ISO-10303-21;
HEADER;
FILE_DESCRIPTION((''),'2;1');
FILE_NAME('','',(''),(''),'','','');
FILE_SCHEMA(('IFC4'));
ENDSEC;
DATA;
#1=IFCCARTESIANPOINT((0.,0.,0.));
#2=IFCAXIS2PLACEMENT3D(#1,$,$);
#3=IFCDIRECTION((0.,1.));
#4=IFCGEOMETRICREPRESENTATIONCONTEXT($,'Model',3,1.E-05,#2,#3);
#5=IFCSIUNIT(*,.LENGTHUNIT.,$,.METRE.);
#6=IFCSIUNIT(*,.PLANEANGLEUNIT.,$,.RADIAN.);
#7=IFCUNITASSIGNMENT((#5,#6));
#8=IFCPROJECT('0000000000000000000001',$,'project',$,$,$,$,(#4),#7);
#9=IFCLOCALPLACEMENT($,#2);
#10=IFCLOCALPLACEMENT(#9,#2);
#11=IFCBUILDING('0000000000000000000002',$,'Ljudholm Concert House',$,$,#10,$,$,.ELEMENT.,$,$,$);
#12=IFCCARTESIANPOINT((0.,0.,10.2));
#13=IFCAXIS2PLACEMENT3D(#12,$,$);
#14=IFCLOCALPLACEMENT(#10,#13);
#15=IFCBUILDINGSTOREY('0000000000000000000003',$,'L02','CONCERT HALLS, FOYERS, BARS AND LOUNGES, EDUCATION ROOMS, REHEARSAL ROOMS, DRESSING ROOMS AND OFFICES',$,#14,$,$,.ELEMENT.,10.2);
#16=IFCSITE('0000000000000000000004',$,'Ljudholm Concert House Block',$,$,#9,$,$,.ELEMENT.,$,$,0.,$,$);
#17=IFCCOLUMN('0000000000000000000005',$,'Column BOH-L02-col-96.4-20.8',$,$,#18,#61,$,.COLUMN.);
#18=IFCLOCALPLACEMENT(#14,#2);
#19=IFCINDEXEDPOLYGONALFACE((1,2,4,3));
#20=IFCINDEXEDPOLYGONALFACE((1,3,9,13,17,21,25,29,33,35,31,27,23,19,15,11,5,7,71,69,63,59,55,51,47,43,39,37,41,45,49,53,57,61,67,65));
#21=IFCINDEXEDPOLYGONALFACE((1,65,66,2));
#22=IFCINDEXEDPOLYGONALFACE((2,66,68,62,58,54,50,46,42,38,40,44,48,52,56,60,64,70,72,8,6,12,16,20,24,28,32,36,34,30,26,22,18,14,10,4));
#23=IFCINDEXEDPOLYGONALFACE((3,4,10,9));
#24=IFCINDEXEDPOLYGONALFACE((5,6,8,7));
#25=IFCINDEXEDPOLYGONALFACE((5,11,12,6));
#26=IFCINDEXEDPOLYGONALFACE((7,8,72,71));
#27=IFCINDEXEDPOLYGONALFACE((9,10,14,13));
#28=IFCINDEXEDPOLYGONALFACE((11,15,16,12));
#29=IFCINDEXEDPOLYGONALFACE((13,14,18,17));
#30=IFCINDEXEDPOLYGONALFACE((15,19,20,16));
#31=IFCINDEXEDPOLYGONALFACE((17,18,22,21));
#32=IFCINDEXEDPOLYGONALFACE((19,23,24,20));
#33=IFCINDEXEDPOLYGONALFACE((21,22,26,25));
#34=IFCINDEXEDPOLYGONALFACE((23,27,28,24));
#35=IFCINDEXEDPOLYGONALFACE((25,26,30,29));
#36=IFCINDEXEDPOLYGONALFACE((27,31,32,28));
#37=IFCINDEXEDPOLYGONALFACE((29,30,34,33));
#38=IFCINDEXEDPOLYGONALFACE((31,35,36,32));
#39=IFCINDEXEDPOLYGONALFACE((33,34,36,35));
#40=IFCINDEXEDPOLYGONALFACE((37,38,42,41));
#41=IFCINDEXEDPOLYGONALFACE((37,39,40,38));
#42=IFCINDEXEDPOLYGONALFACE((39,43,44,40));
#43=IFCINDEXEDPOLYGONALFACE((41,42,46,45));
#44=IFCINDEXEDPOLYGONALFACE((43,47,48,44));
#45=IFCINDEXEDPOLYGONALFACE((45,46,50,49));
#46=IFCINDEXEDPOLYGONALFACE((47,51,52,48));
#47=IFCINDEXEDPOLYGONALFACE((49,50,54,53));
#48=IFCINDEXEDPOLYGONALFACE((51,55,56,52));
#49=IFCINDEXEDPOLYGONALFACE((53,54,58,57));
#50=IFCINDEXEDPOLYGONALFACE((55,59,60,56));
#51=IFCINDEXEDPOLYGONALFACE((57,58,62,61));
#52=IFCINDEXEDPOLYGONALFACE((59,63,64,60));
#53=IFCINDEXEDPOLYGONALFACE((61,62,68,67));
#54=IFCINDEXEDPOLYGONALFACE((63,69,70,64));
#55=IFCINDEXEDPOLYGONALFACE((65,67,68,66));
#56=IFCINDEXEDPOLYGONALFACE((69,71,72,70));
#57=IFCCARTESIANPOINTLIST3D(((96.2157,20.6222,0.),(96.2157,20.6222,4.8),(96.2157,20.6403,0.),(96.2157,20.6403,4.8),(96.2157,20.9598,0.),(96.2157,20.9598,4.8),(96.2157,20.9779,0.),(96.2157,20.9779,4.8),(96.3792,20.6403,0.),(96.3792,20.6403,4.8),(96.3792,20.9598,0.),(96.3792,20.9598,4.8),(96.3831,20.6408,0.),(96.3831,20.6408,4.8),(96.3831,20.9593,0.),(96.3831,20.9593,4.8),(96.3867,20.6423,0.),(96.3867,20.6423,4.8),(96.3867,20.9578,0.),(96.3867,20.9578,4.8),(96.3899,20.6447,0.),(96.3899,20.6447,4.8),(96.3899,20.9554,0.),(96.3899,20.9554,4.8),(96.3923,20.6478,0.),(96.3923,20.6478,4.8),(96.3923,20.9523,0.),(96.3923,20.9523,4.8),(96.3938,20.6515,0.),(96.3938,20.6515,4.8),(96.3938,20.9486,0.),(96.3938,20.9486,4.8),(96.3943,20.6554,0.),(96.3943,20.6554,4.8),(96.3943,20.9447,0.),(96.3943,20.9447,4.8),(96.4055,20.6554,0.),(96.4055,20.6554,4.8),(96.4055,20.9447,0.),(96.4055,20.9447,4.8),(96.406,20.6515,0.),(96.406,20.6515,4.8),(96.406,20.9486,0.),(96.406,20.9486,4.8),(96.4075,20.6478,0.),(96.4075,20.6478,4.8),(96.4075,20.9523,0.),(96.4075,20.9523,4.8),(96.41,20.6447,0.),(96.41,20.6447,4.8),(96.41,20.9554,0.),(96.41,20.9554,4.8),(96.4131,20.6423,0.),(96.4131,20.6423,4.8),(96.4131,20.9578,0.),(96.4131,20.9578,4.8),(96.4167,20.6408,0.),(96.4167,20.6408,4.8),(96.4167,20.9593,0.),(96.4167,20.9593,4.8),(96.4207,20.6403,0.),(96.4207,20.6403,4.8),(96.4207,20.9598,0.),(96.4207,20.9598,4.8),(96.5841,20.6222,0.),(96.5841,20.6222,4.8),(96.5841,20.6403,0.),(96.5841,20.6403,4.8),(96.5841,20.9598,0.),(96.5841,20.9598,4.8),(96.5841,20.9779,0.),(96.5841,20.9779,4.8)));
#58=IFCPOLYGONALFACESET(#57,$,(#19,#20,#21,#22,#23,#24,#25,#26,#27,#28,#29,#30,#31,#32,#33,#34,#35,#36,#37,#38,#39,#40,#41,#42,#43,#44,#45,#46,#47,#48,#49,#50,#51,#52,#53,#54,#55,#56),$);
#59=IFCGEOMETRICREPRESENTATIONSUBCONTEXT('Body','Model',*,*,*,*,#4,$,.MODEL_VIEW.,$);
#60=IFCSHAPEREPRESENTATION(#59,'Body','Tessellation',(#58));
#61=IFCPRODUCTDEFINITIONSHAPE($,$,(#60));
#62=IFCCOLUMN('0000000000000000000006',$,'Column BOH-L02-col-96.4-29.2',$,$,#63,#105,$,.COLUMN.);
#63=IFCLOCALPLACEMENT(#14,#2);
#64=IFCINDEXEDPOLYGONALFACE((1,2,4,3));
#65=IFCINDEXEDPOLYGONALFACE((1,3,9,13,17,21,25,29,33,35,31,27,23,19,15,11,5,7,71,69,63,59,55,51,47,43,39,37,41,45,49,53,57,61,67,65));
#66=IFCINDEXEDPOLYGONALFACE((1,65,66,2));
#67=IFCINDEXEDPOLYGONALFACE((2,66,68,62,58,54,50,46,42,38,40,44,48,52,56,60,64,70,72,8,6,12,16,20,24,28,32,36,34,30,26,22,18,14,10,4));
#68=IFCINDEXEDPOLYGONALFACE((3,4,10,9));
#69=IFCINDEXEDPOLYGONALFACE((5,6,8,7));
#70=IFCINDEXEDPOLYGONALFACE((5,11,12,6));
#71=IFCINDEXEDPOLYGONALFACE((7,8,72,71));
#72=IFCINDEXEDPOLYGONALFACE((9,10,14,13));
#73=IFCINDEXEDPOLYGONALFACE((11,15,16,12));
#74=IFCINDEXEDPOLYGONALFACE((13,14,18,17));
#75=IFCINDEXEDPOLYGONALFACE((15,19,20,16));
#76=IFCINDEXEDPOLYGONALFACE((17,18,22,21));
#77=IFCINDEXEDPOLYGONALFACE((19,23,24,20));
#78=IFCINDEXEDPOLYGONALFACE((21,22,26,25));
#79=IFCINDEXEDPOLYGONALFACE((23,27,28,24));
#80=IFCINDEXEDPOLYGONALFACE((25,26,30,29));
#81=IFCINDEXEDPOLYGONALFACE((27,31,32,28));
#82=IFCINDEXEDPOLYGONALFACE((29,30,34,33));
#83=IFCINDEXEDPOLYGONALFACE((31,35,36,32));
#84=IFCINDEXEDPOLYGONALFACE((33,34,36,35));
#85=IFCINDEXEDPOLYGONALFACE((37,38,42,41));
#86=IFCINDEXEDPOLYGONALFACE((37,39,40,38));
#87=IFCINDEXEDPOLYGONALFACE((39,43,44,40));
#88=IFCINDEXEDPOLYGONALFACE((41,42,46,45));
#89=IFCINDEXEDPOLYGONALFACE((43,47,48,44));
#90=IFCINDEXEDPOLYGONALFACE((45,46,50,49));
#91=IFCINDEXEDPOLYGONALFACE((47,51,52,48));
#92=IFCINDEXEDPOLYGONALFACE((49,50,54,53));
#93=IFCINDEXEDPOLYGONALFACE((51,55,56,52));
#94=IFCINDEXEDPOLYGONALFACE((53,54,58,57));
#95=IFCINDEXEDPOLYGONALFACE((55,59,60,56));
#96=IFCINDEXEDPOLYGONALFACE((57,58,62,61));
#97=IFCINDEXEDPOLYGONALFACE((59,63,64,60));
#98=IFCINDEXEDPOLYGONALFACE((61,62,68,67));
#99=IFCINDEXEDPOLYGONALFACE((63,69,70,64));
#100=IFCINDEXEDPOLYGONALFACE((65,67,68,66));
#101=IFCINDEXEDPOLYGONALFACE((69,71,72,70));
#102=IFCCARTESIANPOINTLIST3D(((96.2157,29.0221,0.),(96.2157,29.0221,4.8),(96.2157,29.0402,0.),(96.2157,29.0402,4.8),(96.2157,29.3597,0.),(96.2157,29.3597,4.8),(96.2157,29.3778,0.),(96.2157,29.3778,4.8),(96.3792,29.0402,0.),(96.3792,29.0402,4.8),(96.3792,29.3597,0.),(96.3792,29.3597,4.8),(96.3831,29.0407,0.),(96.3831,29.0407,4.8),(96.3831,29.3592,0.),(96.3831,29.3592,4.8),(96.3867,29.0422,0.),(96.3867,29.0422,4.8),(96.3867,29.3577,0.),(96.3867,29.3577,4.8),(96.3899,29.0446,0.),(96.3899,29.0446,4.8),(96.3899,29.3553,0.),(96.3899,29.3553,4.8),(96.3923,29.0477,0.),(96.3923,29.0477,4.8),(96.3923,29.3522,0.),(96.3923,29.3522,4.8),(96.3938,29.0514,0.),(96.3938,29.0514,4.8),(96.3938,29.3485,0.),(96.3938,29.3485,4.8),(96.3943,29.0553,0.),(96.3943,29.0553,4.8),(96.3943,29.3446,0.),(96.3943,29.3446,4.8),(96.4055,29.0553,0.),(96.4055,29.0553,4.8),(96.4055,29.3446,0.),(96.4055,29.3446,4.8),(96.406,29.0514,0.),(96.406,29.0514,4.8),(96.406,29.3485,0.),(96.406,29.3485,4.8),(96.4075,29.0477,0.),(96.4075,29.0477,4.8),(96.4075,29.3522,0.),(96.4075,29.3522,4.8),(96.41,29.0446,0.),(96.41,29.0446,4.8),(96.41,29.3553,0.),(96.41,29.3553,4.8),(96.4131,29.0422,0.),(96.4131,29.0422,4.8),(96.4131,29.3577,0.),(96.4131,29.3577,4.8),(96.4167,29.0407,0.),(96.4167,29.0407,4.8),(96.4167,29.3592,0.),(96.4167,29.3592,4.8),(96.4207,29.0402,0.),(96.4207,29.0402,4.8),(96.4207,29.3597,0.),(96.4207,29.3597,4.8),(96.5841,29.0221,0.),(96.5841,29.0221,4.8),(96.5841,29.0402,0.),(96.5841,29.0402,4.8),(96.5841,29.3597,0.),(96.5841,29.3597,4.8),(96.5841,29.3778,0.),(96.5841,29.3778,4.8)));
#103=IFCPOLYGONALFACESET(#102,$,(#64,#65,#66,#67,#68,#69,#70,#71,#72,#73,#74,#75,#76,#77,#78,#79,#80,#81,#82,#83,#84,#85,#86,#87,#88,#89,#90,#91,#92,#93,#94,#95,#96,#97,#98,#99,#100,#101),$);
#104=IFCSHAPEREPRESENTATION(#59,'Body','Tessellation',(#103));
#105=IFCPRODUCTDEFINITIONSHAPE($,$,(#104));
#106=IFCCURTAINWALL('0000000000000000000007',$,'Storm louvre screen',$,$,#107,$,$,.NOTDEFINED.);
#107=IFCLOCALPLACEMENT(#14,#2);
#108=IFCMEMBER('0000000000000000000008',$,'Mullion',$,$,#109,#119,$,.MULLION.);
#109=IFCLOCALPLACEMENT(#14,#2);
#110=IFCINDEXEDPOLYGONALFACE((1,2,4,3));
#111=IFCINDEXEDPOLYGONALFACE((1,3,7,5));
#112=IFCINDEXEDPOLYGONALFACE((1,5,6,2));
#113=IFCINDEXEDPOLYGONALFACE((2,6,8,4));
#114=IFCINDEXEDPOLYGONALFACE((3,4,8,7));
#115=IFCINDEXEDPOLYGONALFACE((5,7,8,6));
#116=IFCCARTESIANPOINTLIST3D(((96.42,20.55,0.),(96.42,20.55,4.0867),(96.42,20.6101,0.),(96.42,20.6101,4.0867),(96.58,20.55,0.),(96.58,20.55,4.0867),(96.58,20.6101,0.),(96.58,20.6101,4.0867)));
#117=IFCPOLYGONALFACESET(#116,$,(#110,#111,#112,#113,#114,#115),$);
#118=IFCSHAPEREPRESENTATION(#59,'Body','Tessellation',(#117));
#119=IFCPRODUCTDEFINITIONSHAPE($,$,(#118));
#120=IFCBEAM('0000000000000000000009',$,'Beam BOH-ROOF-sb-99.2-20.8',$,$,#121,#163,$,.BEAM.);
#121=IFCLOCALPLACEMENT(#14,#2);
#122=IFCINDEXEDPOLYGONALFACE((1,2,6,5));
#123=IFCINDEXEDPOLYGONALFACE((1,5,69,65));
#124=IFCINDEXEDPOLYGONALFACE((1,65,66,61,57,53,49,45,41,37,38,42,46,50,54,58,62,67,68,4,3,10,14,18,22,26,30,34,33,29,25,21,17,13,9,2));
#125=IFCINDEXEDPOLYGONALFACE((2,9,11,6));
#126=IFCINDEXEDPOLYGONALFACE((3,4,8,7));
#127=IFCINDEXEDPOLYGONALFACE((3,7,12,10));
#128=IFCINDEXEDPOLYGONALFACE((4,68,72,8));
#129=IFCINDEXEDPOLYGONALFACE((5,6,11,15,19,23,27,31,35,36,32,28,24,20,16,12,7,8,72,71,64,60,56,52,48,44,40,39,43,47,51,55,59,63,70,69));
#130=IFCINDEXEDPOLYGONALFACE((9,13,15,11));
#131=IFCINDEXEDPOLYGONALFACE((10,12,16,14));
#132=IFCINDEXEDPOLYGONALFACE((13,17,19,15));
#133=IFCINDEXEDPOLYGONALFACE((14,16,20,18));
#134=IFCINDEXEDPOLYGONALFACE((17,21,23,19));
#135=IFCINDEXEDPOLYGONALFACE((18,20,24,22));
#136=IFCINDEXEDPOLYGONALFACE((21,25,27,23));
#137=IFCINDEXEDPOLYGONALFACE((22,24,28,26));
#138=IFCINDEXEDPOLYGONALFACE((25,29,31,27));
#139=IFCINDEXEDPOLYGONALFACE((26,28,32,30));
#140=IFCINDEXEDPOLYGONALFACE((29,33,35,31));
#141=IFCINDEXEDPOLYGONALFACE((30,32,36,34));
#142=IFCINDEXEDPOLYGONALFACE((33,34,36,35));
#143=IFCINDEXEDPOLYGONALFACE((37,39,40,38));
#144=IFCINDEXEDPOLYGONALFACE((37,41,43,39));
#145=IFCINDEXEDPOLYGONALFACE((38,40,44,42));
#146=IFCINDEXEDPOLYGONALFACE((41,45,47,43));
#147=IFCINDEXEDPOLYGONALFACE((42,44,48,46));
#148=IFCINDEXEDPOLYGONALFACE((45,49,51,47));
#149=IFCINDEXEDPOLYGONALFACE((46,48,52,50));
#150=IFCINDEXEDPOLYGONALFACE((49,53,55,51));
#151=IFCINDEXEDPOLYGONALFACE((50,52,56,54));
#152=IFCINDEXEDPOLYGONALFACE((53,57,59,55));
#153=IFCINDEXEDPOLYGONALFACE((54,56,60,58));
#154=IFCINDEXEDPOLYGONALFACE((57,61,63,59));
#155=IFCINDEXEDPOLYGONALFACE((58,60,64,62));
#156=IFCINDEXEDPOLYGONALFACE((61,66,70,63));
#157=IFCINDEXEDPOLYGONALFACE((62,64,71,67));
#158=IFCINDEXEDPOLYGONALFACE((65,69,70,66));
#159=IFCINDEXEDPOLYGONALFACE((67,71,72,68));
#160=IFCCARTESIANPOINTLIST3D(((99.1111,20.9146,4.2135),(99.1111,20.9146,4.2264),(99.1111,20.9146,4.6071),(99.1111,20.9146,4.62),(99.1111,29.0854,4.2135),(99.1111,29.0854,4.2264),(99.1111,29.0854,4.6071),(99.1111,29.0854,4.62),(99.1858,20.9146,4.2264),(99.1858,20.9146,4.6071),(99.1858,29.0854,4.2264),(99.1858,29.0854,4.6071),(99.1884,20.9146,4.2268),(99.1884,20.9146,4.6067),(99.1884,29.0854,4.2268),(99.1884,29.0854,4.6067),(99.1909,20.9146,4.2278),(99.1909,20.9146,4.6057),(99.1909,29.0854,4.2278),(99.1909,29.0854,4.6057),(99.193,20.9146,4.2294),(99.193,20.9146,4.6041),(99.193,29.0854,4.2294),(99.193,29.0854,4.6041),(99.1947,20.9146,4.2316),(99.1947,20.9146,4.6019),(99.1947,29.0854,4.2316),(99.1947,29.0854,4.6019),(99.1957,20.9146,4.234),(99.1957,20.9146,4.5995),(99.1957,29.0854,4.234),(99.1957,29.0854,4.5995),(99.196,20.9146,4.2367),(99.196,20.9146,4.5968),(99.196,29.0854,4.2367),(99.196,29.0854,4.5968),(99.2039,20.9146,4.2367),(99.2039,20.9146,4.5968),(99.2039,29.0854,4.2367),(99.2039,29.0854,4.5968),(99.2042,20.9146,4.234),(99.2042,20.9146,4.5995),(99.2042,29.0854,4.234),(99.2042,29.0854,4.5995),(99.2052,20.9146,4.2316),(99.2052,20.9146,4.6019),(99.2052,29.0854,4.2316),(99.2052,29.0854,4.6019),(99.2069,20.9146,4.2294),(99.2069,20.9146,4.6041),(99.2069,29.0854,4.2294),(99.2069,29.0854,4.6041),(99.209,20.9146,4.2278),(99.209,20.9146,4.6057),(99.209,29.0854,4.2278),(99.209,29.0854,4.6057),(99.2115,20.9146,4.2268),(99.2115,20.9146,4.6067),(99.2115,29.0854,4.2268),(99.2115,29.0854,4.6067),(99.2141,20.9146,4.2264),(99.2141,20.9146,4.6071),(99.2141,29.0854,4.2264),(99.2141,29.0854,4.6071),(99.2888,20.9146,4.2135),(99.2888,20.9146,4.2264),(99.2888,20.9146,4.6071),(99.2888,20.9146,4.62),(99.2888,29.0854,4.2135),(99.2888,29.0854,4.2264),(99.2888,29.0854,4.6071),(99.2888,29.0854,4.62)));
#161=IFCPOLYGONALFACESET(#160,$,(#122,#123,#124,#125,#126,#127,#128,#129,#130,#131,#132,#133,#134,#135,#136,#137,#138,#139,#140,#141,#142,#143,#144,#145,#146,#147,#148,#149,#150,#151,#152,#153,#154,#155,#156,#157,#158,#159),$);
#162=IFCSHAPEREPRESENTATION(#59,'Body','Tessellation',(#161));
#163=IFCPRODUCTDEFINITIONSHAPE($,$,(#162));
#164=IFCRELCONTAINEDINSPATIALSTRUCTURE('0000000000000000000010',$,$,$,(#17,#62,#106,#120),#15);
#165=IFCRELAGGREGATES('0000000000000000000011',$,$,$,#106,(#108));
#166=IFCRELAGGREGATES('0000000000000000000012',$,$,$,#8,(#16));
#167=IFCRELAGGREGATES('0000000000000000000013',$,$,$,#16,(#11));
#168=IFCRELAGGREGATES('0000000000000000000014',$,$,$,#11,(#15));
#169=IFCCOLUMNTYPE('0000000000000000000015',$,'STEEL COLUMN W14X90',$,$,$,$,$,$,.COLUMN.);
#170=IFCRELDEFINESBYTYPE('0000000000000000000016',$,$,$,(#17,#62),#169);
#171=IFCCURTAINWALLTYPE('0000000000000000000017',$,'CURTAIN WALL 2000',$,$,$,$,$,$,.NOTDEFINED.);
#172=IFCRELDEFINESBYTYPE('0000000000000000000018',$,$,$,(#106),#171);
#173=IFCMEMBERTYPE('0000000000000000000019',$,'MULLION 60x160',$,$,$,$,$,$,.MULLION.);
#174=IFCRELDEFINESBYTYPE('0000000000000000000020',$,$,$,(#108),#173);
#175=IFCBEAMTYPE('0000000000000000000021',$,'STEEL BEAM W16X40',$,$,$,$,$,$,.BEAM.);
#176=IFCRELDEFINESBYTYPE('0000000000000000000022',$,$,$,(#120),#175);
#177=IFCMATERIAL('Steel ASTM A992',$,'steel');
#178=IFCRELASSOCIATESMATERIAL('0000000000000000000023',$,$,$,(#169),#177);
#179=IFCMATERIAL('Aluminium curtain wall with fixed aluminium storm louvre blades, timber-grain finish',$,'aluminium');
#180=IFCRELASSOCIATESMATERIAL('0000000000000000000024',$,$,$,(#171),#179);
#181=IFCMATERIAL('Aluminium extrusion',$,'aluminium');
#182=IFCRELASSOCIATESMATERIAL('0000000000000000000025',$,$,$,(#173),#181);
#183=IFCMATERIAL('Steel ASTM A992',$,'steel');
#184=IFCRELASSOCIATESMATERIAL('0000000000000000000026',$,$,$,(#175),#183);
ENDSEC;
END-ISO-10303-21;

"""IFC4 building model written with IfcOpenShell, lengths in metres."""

from ifc_helpers import new_model, si_unit, direction, frame, origin, origin_2d, place, context, subcontext, project, spatial, rectangle, i_section, extrude, material, material_profile, profile_set, type_object, element, aggregate, save


model = new_model("IFC4")

# Units and contexts
model_context = context("Model", 3, precision=1e-05, world=origin(), true_north=direction((0.0, 1.0)))
body_context = subcontext(model_context, "Body", "Model", "MODEL_VIEW")
ifc_project = project(units=[si_unit("LENGTHUNIT", "METRE"), si_unit("PLANEANGLEUNIT", "RADIAN")], contexts=[model_context])

# Site, building, storey
site_placement = place(None, origin())
site = spatial("IfcSite", under=ifc_project, at=site_placement, Name="Ljudholm Concert House Block", CompositionType="ELEMENT", RefElevation=0.0)
building_placement = place(site_placement, origin())
building = spatial("IfcBuilding", under=site, at=building_placement, Name="Ljudholm Concert House", CompositionType="ELEMENT")
storey_placement = place(building_placement, frame((0.0, 0.0, 10.2)))
storey = spatial("IfcBuildingStorey", under=building, at=storey_placement, Name="L02", Description="CONCERT HALLS, FOYERS, BARS AND LOUNGES, EDUCATION ROOMS, REHEARSAL ROOMS, DRESSING ROOMS AND OFFICES", CompositionType="ELEMENT", Elevation=10.2)

# Columns
ifc_material_1 = material(Name="Steel ASTM A992", Category="steel")
ifc_material_profile_1 = material_profile(ifc_material_1, i_section(OverallWidth=0.3684, OverallDepth=0.3557, WebThickness=0.0112, FlangeThickness=0.0181, FilletRadius=0.0151, at=origin_2d()), Name="W14X90")
ifc_profile_set_1 = profile_set([ifc_material_profile_1], Name="Steel ASTM A992")
column_type = type_object("IfcColumnType", Name="STEEL COLUMN W14X90", PredefinedType="COLUMN", material=ifc_profile_set_1)
for number, where, z_axis, x_axis, name in (
    (1, (96.3999, 20.8, 0.0), (0.0, 0.0, 1.0), (1.0, 0.0, 0.0), "Column BOH-L02-col-96.4-20.8"),
    (2, (96.3999, 29.2, 0.0), (0.0, 0.0, 1.0), (1.0, 0.0, 0.0), "Column BOH-L02-col-96.4-29.2"),
):
    element("IfcColumn", number, at=place(storey_placement, frame(where, z_axis=z_axis, x_axis=x_axis)), inside=storey, type_object=column_type, Name=name, PredefinedType="COLUMN", context=body_context, shape_type="SweptSolid", body=[
        extrude(i_section(OverallWidth=0.3684, OverallDepth=0.3557, WebThickness=0.0112, FlangeThickness=0.0181, FilletRadius=0.0151, at=origin_2d()), origin(), (0.0, 0.0, 1.0), 4.8),
    ])

# Curtain wall, member
ifc_material_2 = material(Name="Aluminium curtain wall with fixed aluminium storm louvre blades, timber-grain finish", Category="aluminium")
curtain_wall_type = type_object("IfcCurtainWallType", Name="CURTAIN WALL 2000", PredefinedType="NOTDEFINED", material=ifc_material_2)
curtain_wall_placement = place(storey_placement, origin())
curtain_wall = element("IfcCurtainWall", 3, at=curtain_wall_placement, inside=storey, type_object=curtain_wall_type, Name="Storm louvre screen", PredefinedType="NOTDEFINED")
ifc_material_3 = material(Name="Aluminium extrusion", Category="aluminium")
ifc_material_profile_2 = material_profile(ifc_material_3, rectangle(XDim=0.1599, YDim=0.0601, at=origin_2d()), Name="MULLION 60x160")
ifc_profile_set_2 = profile_set([ifc_material_profile_2], Name="Aluminium extrusion")
member_type = type_object("IfcMemberType", Name="MULLION 60x160", PredefinedType="MULLION", material=ifc_profile_set_2)
member_placement = place(storey_placement, frame((96.5, 20.5801, 0.0), z_axis=(0.0, 0.0, 1.0), x_axis=(-1.0, 0.0, 0.0)))
member = element("IfcMember", 4, at=member_placement, type_object=member_type, Name="Mullion", PredefinedType="MULLION", context=body_context, shape_type="SweptSolid", body=[
    extrude(rectangle(XDim=0.1599, YDim=0.0601, at=origin_2d()), origin(), (0.0, 0.0, 1.0), 4.0867),
])

# Beam
ifc_material_4 = material(Name="Steel ASTM A992", Category="steel")
ifc_material_profile_3 = material_profile(ifc_material_4, i_section(OverallWidth=0.1777, OverallDepth=0.4065, WebThickness=0.0078, FlangeThickness=0.0129, FilletRadius=0.0103, at=origin_2d()), Name="W16X40")
ifc_profile_set_3 = profile_set([ifc_material_profile_3], Name="Steel ASTM A992")
beam_type_1 = type_object("IfcBeamType", Name="STEEL BEAM W16X40", PredefinedType="BEAM", material=ifc_profile_set_3)
beam_placement = place(storey_placement, frame((99.2, 20.9146, 4.4167), z_axis=(0.0, 1.0, 0.0), x_axis=(-1.0, 0.0, 0.0)))
element("IfcBeam", 5, at=beam_placement, inside=storey, type_object=beam_type_1, Name="Beam BOH-ROOF-sb-99.2-20.8", PredefinedType="BEAM", context=body_context, shape_type="SweptSolid", body=[
    extrude(i_section(OverallWidth=0.1777, OverallDepth=0.4065, WebThickness=0.0078, FlangeThickness=0.0129, FilletRadius=0.0103, at=origin_2d()), origin(), (0.0, 0.0, 1.0), 8.1709),
])

aggregate(curtain_wall, [member])

save(model, "model.ifc")
